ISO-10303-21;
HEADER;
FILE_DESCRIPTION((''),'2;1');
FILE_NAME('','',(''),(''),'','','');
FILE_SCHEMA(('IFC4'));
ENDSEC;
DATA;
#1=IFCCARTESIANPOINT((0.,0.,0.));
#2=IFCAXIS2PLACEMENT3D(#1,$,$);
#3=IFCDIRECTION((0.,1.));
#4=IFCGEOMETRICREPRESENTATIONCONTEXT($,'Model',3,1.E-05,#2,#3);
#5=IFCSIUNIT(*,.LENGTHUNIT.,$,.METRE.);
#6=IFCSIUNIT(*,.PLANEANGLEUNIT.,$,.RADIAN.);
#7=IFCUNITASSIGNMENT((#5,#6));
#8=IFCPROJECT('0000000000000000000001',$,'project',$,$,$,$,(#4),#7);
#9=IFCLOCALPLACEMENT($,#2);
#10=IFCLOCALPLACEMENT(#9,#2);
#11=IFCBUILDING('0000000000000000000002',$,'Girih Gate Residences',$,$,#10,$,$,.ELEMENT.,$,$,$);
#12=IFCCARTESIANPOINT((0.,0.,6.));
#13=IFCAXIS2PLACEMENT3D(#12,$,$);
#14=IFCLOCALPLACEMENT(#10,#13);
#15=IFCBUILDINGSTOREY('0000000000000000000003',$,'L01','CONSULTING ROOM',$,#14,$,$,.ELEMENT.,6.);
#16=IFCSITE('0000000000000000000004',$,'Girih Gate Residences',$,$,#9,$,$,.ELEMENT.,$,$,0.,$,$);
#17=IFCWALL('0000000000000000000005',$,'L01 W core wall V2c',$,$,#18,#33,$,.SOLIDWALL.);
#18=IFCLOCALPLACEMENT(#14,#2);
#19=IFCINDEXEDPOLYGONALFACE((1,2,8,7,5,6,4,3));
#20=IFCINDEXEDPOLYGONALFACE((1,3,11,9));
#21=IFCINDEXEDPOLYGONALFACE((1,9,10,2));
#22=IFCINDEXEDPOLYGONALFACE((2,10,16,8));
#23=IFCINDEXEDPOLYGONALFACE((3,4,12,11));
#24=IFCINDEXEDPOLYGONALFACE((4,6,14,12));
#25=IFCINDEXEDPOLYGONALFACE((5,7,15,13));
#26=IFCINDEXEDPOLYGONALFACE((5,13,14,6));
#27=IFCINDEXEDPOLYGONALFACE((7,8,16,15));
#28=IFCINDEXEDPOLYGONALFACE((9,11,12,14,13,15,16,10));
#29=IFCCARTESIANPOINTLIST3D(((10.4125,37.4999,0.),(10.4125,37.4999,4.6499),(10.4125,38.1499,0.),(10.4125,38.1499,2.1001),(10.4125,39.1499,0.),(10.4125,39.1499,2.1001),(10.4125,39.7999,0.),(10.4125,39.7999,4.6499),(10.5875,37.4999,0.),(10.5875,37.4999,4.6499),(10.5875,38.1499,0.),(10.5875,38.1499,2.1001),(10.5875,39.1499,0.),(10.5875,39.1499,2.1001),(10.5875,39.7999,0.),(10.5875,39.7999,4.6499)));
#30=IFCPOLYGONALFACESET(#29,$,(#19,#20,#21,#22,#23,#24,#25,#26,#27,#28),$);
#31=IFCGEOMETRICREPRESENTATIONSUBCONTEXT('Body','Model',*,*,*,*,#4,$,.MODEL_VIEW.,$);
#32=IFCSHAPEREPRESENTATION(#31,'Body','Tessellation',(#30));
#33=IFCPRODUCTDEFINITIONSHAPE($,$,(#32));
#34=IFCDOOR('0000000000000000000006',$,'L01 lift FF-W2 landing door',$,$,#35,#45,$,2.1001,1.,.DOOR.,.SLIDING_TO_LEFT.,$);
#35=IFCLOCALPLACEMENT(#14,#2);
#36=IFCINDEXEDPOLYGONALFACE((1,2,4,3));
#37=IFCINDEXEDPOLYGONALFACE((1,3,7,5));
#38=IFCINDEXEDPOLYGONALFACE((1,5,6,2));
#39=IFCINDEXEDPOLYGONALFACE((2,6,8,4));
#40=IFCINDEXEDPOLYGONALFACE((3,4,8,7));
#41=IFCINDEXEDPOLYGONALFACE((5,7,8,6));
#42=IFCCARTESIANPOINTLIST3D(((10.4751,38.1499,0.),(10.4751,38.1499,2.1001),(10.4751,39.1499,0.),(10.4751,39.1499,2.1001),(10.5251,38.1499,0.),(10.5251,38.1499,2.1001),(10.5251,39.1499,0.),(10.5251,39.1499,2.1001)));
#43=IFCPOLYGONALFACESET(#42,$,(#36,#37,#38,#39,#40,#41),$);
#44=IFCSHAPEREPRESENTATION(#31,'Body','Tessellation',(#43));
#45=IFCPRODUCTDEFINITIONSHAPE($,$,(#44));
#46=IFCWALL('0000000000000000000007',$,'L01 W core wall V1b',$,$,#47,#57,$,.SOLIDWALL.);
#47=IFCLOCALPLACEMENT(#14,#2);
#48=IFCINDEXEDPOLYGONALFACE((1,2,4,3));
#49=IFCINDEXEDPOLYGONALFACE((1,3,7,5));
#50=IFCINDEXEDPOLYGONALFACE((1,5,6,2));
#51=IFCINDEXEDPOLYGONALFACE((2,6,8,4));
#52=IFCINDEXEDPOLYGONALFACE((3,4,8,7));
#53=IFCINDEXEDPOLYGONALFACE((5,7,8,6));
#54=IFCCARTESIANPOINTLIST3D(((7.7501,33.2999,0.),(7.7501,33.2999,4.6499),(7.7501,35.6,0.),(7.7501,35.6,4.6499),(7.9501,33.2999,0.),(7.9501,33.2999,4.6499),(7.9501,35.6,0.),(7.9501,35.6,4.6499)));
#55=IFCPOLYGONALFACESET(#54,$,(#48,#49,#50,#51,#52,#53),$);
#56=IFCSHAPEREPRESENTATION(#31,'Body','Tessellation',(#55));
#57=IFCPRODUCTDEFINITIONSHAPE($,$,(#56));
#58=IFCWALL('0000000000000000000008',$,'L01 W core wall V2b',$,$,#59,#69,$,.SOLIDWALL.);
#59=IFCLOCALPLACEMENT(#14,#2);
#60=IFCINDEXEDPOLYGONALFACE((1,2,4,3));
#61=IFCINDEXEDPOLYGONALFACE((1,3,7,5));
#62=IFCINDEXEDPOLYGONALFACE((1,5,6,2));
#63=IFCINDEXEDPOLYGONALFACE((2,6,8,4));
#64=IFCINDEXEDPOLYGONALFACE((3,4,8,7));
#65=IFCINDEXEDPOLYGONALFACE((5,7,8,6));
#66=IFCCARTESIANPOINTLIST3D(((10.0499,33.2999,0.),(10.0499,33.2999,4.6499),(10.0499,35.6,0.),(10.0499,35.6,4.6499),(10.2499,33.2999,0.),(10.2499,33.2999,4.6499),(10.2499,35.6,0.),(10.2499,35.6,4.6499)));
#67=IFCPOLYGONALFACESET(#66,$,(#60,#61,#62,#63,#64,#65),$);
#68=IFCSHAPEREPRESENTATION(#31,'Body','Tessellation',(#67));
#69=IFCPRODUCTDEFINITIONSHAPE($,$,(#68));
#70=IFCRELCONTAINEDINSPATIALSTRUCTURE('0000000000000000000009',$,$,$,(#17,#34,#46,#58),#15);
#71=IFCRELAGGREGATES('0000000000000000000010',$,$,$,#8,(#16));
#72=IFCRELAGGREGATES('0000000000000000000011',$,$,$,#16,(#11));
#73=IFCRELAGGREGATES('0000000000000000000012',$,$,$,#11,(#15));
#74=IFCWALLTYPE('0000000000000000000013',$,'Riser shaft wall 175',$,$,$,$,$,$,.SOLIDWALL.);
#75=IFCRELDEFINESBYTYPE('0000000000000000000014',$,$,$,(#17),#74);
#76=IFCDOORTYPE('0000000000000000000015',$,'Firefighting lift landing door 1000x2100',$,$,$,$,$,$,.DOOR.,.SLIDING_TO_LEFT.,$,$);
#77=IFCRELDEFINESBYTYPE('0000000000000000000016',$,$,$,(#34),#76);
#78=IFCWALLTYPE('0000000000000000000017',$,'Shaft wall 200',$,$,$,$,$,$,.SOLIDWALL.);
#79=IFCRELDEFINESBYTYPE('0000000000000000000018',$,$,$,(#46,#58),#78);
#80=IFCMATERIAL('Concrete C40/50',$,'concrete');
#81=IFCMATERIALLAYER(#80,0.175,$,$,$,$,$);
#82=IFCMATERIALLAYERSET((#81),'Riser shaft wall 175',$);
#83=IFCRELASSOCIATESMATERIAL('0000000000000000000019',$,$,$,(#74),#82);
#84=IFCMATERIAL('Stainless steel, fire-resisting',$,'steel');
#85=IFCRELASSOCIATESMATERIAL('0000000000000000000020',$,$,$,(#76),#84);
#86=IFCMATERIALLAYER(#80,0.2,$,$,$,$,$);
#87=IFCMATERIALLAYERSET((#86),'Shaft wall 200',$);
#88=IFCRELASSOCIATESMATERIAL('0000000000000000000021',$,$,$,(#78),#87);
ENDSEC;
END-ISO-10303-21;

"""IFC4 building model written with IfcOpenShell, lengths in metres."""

from ifc_helpers import new_model, si_unit, direction, frame, frame_2d, origin, place, context, subcontext, project, spatial, rectangle, extrude, material, layer, layer_set, type_object, element, fill, save


model = new_model("IFC4")

# Units and contexts
model_context = context("Model", 3, precision=1e-05, world=origin(), true_north=direction((0.0, 1.0)))
body_context = subcontext(model_context, "Body", "Model", "MODEL_VIEW")
ifc_project = project(units=[si_unit("LENGTHUNIT", "METRE"), si_unit("PLANEANGLEUNIT", "RADIAN")], contexts=[model_context])

# Site, building, storey
site_placement = place(None, origin())
site = spatial("IfcSite", under=ifc_project, at=site_placement, Name="Girih Gate Residences", CompositionType="ELEMENT", RefElevation=0.0)
building_placement = place(site_placement, origin())
building = spatial("IfcBuilding", under=site, at=building_placement, Name="Girih Gate Residences", CompositionType="ELEMENT")
storey_placement = place(building_placement, frame((0.0, 0.0, 6.0)))
storey = spatial("IfcBuildingStorey", under=building, at=storey_placement, Name="L01", Description="CONSULTING ROOM", CompositionType="ELEMENT", Elevation=6.0)

# Wall, opening, door
ifc_material_1 = material(Name="Concrete C40/50", Category="concrete")
ifc_layer_1 = layer(ifc_material_1, 0.175)
ifc_layer_set_1 = layer_set([ifc_layer_1], Name="Riser shaft wall 175")
wall_type_1 = type_object("IfcWallType", Name="Riser shaft wall 175", PredefinedType="SOLIDWALL", material=ifc_layer_set_1)
wall_1_placement = place(storey_placement, frame((10.5, 37.5, 0.0), z_axis=(0.0, 0.0, 1.0), x_axis=(0.0, 1.0, 0.0)))
wall_1 = element("IfcWall", 1, at=wall_1_placement, inside=storey, type_object=wall_type_1, Name="L01 W core wall V2c", PredefinedType="SOLIDWALL", context=body_context, shape_type="SweptSolid", body=[
    extrude(rectangle(XDim=2.3, YDim=0.175, at=frame_2d((1.1499, 0.0))), origin(), (0.0, 0.0, 1.0), 4.6499),
])
opening_1_placement = place(wall_1_placement, frame((0.6499, 0.0, 0.0)))
opening_1 = element("IfcOpeningElement", 2, at=opening_1_placement, cuts=wall_1, PredefinedType="OPENING", context=body_context, shape_type="SweptSolid", body=[
    extrude(rectangle(XDim=1.0, YDim=2.1001, at=frame_2d((0.5, 1.05))), frame((0.0, 0.0974, 0.0), z_axis=(0.0, -1.0, 0.0), x_axis=(1.0, 0.0, 0.0)), (0.0, 0.0, 1.0), 0.1951),
])
ifc_material_2 = material(Name="Stainless steel, fire-resisting", Category="steel")
door_type_1 = type_object("IfcDoorType", Name="Firefighting lift landing door 1000x2100", OperationType="SLIDING_TO_LEFT", PredefinedType="DOOR", material=ifc_material_2)
door_1_placement = place(opening_1_placement, origin())
door_1 = element("IfcDoor", 3, at=door_1_placement, inside=storey, type_object=door_type_1, Name="L01 lift FF-W2 landing door", OperationType="SLIDING_TO_LEFT", OverallHeight=2.1001, OverallWidth=1.0, PredefinedType="DOOR", context=body_context, shape_type="SweptSolid", body=[
    extrude(rectangle(XDim=1.0, YDim=2.1001, at=frame_2d((0.5, 1.05))), frame((0.0, 0.0249, 0.0), z_axis=(0.0, -1.0, 0.0), x_axis=(1.0, 0.0, 0.0)), (0.0, 0.0, 1.0), 0.05),
])
fill(opening_1, door_1)

# Walls
ifc_layer_2 = layer(ifc_material_1, 0.2)
ifc_layer_set_2 = layer_set([ifc_layer_2], Name="Shaft wall 200")
wall_type_2 = type_object("IfcWallType", Name="Shaft wall 200", PredefinedType="SOLIDWALL", material=ifc_layer_set_2)
for number, where, z_axis, x_axis, name in (
    (4, (7.8501, 33.3, 0.0), (0.0, 0.0, 1.0), (0.0, 1.0, 0.0), "L01 W core wall V1b"),
    (5, (10.1499, 33.3, 0.0), (0.0, 0.0, 1.0), (0.0, 1.0, 0.0), "L01 W core wall V2b"),
):
    element("IfcWall", number, at=place(storey_placement, frame(where, z_axis=z_axis, x_axis=x_axis)), inside=storey, type_object=wall_type_2, Name=name, PredefinedType="SOLIDWALL", context=body_context, shape_type="SweptSolid", body=[
        extrude(rectangle(XDim=2.3, YDim=0.2, at=frame_2d((1.1499, 0.0))), origin(), (0.0, 0.0, 1.0), 4.6499),
    ])

save(model, "model.ifc")
